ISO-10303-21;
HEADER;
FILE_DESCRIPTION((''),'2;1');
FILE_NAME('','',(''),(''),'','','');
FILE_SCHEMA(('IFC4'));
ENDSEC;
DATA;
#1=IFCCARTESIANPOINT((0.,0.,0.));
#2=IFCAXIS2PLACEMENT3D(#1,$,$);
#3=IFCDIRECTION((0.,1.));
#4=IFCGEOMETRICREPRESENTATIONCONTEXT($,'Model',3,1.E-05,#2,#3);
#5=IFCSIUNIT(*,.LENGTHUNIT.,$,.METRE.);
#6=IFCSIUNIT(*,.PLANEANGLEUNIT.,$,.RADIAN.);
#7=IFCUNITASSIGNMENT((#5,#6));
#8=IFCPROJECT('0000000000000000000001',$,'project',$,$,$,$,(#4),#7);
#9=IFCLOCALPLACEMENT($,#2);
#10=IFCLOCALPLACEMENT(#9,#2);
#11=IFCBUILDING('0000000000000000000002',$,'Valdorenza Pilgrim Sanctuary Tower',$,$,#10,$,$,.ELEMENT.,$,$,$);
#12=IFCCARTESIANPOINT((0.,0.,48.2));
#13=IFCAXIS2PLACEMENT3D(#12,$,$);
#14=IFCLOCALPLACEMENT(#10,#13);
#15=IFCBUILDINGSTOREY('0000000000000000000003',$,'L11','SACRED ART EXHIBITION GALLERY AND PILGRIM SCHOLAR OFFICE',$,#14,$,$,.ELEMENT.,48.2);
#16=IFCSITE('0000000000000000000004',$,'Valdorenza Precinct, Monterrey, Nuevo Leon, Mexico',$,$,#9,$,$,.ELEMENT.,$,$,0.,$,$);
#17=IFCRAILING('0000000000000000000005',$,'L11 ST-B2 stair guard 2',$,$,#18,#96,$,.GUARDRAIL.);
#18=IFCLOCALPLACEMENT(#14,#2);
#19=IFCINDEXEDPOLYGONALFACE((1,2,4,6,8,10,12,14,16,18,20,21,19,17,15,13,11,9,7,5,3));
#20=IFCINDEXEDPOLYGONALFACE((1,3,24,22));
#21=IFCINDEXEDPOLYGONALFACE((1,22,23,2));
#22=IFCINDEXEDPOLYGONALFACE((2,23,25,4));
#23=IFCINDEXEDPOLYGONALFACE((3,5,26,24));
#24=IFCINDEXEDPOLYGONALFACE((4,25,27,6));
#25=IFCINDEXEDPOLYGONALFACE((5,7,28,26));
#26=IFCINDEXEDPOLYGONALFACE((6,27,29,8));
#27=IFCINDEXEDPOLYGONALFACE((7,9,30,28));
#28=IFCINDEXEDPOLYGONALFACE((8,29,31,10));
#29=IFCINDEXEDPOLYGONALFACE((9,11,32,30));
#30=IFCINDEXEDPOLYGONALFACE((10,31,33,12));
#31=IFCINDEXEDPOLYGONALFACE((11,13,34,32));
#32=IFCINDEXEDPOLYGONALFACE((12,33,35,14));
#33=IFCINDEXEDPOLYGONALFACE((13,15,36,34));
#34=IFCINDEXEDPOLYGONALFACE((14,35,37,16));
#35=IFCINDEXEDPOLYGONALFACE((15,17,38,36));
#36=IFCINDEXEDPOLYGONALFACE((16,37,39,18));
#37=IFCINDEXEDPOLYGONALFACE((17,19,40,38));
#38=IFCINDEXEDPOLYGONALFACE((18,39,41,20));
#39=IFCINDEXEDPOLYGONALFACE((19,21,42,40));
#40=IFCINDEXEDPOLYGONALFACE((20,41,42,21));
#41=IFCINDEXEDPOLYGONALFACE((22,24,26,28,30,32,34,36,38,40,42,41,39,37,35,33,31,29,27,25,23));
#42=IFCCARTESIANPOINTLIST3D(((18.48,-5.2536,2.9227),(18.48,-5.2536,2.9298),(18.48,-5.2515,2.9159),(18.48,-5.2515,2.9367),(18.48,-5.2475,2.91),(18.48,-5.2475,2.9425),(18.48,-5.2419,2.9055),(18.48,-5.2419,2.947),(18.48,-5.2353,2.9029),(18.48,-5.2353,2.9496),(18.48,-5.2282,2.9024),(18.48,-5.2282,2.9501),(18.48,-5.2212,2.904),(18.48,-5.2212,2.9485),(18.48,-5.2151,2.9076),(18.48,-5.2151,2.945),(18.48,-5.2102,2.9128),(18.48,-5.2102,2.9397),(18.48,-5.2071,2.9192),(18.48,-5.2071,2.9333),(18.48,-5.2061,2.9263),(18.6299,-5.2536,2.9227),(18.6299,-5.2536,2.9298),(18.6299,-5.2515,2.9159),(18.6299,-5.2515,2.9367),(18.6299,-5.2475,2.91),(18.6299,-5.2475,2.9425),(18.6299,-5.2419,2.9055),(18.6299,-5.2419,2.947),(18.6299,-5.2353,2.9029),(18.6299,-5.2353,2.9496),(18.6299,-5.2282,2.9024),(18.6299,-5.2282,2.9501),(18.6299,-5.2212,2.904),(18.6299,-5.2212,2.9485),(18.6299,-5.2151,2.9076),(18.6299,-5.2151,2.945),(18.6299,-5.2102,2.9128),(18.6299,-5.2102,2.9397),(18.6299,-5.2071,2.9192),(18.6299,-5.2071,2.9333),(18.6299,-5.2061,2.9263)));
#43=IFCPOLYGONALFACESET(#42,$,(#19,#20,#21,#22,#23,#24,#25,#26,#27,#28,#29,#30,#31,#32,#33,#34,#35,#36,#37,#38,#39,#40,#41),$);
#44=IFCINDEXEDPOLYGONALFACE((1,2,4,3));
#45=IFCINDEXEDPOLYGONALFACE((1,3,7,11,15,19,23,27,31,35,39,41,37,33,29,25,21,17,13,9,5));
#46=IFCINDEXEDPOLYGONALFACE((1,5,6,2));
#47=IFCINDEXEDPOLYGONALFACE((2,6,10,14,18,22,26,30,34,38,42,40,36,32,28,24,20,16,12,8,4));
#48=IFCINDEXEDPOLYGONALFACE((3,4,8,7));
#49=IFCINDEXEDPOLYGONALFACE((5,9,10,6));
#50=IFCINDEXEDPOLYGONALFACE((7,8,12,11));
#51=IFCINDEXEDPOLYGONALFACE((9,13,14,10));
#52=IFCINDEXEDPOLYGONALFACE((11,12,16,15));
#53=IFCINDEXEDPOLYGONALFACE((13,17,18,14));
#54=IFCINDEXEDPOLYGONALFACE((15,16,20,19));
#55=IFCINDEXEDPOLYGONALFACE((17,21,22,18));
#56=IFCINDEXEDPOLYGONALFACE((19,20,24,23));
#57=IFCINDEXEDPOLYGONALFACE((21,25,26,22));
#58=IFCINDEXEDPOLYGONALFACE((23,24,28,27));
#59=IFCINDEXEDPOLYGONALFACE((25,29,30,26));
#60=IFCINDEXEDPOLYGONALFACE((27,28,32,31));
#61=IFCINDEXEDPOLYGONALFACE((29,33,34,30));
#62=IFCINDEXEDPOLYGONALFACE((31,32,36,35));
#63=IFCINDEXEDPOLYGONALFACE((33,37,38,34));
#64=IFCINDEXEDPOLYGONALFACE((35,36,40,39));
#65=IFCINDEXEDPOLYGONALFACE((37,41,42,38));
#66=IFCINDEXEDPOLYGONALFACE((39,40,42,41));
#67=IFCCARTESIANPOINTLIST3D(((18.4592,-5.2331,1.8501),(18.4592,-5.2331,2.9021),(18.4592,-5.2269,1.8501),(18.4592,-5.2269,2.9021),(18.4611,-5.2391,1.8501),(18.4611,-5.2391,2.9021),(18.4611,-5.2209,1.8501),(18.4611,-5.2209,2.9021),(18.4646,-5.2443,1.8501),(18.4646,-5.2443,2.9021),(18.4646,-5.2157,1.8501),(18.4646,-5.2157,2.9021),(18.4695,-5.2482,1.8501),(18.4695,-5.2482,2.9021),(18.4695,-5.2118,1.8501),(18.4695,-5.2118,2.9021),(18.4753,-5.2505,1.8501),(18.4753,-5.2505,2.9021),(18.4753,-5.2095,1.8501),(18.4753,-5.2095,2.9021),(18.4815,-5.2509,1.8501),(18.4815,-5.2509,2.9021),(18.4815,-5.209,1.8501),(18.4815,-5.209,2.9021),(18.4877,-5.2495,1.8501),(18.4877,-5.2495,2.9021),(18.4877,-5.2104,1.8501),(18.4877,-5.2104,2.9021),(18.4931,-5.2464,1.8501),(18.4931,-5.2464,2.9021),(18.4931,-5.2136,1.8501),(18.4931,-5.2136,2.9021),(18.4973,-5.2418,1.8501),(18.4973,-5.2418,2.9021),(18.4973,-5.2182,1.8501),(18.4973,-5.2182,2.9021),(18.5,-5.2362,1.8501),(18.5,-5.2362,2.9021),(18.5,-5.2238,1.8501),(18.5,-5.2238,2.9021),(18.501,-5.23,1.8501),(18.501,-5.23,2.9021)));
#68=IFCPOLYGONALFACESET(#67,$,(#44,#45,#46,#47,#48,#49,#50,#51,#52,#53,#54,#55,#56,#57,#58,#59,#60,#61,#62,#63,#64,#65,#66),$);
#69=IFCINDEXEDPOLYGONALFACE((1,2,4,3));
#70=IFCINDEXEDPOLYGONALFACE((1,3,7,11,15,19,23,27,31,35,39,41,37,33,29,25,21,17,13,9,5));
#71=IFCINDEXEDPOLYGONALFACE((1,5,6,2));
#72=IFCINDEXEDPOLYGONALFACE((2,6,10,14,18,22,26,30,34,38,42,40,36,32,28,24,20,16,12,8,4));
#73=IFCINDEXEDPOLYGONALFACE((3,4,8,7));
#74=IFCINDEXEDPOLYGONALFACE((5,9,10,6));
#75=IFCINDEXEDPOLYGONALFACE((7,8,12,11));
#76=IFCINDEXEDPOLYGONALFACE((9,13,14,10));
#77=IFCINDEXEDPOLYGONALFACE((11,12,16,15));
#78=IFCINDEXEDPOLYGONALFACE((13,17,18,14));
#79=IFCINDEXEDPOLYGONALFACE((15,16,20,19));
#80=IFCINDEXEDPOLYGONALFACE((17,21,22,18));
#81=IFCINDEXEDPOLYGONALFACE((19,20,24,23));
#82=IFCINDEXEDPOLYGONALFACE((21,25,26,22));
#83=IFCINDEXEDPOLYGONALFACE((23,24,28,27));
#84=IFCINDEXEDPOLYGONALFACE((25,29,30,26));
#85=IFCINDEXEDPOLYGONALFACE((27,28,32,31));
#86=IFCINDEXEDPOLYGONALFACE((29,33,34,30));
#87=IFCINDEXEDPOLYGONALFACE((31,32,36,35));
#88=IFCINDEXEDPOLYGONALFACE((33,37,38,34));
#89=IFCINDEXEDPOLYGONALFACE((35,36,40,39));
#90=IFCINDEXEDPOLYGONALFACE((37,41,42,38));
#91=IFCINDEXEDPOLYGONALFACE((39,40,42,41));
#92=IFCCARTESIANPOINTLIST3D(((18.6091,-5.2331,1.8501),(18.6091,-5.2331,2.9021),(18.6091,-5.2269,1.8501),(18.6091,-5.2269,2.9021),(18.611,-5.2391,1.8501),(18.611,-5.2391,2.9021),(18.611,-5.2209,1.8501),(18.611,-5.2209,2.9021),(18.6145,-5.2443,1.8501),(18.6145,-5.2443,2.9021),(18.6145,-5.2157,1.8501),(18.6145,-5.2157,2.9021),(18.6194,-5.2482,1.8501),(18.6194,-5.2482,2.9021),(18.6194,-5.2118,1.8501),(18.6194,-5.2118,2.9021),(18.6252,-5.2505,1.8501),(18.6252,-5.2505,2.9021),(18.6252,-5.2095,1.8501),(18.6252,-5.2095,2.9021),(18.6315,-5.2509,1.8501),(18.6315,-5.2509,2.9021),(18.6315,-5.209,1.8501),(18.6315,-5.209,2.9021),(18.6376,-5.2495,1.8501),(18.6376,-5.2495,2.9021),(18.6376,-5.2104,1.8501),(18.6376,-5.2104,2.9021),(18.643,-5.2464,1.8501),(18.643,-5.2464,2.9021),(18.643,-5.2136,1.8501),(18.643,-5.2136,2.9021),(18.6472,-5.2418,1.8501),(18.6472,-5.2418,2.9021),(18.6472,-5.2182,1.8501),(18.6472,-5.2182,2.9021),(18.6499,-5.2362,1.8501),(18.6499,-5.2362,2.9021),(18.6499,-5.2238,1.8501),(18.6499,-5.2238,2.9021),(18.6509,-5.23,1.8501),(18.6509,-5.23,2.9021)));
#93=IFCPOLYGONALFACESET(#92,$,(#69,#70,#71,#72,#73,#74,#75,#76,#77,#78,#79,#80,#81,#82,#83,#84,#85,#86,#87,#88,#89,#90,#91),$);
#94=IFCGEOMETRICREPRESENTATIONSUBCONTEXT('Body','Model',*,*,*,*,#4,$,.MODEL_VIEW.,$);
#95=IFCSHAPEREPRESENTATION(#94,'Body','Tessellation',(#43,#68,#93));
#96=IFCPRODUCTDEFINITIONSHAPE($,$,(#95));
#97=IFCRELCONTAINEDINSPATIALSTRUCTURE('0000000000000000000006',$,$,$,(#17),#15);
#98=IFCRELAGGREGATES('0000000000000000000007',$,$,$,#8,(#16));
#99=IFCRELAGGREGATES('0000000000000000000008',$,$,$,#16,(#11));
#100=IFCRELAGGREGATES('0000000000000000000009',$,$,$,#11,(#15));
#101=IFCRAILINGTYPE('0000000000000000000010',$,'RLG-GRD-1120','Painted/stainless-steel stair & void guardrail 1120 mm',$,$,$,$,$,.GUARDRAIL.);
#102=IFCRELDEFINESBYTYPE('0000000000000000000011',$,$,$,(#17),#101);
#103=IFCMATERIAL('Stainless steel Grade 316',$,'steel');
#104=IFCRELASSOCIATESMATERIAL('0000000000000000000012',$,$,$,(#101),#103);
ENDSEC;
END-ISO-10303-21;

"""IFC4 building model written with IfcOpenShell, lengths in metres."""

from ifc_helpers import new_model, si_unit, direction, frame, origin, origin_2d, place, context, subcontext, project, spatial, circle, extrude, material, type_object, element, save


model = new_model("IFC4")

# Units and contexts
model_context = context("Model", 3, precision=1e-05, world=origin(), true_north=direction((0.0, 1.0)))
body_context = subcontext(model_context, "Body", "Model", "MODEL_VIEW")
ifc_project = project(units=[si_unit("LENGTHUNIT", "METRE"), si_unit("PLANEANGLEUNIT", "RADIAN")], contexts=[model_context])

# Site, building, storey
site_placement = place(None, origin())
site = spatial("IfcSite", under=ifc_project, at=site_placement, Name="Valdorenza Precinct, Monterrey, Nuevo Leon, Mexico", CompositionType="ELEMENT", RefElevation=0.0)
building_placement = place(site_placement, origin())
building = spatial("IfcBuilding", under=site, at=building_placement, Name="Valdorenza Pilgrim Sanctuary Tower", CompositionType="ELEMENT")
storey_placement = place(building_placement, frame((0.0, 0.0, 48.2)))
storey = spatial("IfcBuildingStorey", under=building, at=storey_placement, Name="L11", Description="SACRED ART EXHIBITION GALLERY AND PILGRIM SCHOLAR OFFICE", CompositionType="ELEMENT", Elevation=48.2)

# Railing
ifc_material_1 = material(Name="Stainless steel Grade 316", Category="steel")
railing_type_1 = type_object("IfcRailingType", Name="RLG-GRD-1120", Description="Painted/stainless-steel stair & void guardrail 1120 mm", PredefinedType="GUARDRAIL", material=ifc_material_1)
railing_1_placement = place(storey_placement, frame((18.48, -5.23, 1.8501)))
element("IfcRailing", 1, at=railing_1_placement, inside=storey, type_object=railing_type_1, Name="L11 ST-B2 stair guard 2", PredefinedType="GUARDRAIL", context=body_context, shape_type="SweptSolid", body=[
    extrude(circle(Radius=0.0239, at=origin_2d()), frame((0.0, 0.0, 1.0762), z_axis=(1.0, 0.0, 0.0), x_axis=(0.0, 1.0, 0.0)), (0.0, 0.0, 1.0), 0.1499),
    extrude(circle(Radius=0.021, at=origin_2d()), origin(), (0.0, 0.0, 1.0), 1.052),
    extrude(circle(Radius=0.021, at=origin_2d()), frame((0.1499, 0.0, 0.0)), (0.0, 0.0, 1.0), 1.052),
])

save(model, "model.ifc")
